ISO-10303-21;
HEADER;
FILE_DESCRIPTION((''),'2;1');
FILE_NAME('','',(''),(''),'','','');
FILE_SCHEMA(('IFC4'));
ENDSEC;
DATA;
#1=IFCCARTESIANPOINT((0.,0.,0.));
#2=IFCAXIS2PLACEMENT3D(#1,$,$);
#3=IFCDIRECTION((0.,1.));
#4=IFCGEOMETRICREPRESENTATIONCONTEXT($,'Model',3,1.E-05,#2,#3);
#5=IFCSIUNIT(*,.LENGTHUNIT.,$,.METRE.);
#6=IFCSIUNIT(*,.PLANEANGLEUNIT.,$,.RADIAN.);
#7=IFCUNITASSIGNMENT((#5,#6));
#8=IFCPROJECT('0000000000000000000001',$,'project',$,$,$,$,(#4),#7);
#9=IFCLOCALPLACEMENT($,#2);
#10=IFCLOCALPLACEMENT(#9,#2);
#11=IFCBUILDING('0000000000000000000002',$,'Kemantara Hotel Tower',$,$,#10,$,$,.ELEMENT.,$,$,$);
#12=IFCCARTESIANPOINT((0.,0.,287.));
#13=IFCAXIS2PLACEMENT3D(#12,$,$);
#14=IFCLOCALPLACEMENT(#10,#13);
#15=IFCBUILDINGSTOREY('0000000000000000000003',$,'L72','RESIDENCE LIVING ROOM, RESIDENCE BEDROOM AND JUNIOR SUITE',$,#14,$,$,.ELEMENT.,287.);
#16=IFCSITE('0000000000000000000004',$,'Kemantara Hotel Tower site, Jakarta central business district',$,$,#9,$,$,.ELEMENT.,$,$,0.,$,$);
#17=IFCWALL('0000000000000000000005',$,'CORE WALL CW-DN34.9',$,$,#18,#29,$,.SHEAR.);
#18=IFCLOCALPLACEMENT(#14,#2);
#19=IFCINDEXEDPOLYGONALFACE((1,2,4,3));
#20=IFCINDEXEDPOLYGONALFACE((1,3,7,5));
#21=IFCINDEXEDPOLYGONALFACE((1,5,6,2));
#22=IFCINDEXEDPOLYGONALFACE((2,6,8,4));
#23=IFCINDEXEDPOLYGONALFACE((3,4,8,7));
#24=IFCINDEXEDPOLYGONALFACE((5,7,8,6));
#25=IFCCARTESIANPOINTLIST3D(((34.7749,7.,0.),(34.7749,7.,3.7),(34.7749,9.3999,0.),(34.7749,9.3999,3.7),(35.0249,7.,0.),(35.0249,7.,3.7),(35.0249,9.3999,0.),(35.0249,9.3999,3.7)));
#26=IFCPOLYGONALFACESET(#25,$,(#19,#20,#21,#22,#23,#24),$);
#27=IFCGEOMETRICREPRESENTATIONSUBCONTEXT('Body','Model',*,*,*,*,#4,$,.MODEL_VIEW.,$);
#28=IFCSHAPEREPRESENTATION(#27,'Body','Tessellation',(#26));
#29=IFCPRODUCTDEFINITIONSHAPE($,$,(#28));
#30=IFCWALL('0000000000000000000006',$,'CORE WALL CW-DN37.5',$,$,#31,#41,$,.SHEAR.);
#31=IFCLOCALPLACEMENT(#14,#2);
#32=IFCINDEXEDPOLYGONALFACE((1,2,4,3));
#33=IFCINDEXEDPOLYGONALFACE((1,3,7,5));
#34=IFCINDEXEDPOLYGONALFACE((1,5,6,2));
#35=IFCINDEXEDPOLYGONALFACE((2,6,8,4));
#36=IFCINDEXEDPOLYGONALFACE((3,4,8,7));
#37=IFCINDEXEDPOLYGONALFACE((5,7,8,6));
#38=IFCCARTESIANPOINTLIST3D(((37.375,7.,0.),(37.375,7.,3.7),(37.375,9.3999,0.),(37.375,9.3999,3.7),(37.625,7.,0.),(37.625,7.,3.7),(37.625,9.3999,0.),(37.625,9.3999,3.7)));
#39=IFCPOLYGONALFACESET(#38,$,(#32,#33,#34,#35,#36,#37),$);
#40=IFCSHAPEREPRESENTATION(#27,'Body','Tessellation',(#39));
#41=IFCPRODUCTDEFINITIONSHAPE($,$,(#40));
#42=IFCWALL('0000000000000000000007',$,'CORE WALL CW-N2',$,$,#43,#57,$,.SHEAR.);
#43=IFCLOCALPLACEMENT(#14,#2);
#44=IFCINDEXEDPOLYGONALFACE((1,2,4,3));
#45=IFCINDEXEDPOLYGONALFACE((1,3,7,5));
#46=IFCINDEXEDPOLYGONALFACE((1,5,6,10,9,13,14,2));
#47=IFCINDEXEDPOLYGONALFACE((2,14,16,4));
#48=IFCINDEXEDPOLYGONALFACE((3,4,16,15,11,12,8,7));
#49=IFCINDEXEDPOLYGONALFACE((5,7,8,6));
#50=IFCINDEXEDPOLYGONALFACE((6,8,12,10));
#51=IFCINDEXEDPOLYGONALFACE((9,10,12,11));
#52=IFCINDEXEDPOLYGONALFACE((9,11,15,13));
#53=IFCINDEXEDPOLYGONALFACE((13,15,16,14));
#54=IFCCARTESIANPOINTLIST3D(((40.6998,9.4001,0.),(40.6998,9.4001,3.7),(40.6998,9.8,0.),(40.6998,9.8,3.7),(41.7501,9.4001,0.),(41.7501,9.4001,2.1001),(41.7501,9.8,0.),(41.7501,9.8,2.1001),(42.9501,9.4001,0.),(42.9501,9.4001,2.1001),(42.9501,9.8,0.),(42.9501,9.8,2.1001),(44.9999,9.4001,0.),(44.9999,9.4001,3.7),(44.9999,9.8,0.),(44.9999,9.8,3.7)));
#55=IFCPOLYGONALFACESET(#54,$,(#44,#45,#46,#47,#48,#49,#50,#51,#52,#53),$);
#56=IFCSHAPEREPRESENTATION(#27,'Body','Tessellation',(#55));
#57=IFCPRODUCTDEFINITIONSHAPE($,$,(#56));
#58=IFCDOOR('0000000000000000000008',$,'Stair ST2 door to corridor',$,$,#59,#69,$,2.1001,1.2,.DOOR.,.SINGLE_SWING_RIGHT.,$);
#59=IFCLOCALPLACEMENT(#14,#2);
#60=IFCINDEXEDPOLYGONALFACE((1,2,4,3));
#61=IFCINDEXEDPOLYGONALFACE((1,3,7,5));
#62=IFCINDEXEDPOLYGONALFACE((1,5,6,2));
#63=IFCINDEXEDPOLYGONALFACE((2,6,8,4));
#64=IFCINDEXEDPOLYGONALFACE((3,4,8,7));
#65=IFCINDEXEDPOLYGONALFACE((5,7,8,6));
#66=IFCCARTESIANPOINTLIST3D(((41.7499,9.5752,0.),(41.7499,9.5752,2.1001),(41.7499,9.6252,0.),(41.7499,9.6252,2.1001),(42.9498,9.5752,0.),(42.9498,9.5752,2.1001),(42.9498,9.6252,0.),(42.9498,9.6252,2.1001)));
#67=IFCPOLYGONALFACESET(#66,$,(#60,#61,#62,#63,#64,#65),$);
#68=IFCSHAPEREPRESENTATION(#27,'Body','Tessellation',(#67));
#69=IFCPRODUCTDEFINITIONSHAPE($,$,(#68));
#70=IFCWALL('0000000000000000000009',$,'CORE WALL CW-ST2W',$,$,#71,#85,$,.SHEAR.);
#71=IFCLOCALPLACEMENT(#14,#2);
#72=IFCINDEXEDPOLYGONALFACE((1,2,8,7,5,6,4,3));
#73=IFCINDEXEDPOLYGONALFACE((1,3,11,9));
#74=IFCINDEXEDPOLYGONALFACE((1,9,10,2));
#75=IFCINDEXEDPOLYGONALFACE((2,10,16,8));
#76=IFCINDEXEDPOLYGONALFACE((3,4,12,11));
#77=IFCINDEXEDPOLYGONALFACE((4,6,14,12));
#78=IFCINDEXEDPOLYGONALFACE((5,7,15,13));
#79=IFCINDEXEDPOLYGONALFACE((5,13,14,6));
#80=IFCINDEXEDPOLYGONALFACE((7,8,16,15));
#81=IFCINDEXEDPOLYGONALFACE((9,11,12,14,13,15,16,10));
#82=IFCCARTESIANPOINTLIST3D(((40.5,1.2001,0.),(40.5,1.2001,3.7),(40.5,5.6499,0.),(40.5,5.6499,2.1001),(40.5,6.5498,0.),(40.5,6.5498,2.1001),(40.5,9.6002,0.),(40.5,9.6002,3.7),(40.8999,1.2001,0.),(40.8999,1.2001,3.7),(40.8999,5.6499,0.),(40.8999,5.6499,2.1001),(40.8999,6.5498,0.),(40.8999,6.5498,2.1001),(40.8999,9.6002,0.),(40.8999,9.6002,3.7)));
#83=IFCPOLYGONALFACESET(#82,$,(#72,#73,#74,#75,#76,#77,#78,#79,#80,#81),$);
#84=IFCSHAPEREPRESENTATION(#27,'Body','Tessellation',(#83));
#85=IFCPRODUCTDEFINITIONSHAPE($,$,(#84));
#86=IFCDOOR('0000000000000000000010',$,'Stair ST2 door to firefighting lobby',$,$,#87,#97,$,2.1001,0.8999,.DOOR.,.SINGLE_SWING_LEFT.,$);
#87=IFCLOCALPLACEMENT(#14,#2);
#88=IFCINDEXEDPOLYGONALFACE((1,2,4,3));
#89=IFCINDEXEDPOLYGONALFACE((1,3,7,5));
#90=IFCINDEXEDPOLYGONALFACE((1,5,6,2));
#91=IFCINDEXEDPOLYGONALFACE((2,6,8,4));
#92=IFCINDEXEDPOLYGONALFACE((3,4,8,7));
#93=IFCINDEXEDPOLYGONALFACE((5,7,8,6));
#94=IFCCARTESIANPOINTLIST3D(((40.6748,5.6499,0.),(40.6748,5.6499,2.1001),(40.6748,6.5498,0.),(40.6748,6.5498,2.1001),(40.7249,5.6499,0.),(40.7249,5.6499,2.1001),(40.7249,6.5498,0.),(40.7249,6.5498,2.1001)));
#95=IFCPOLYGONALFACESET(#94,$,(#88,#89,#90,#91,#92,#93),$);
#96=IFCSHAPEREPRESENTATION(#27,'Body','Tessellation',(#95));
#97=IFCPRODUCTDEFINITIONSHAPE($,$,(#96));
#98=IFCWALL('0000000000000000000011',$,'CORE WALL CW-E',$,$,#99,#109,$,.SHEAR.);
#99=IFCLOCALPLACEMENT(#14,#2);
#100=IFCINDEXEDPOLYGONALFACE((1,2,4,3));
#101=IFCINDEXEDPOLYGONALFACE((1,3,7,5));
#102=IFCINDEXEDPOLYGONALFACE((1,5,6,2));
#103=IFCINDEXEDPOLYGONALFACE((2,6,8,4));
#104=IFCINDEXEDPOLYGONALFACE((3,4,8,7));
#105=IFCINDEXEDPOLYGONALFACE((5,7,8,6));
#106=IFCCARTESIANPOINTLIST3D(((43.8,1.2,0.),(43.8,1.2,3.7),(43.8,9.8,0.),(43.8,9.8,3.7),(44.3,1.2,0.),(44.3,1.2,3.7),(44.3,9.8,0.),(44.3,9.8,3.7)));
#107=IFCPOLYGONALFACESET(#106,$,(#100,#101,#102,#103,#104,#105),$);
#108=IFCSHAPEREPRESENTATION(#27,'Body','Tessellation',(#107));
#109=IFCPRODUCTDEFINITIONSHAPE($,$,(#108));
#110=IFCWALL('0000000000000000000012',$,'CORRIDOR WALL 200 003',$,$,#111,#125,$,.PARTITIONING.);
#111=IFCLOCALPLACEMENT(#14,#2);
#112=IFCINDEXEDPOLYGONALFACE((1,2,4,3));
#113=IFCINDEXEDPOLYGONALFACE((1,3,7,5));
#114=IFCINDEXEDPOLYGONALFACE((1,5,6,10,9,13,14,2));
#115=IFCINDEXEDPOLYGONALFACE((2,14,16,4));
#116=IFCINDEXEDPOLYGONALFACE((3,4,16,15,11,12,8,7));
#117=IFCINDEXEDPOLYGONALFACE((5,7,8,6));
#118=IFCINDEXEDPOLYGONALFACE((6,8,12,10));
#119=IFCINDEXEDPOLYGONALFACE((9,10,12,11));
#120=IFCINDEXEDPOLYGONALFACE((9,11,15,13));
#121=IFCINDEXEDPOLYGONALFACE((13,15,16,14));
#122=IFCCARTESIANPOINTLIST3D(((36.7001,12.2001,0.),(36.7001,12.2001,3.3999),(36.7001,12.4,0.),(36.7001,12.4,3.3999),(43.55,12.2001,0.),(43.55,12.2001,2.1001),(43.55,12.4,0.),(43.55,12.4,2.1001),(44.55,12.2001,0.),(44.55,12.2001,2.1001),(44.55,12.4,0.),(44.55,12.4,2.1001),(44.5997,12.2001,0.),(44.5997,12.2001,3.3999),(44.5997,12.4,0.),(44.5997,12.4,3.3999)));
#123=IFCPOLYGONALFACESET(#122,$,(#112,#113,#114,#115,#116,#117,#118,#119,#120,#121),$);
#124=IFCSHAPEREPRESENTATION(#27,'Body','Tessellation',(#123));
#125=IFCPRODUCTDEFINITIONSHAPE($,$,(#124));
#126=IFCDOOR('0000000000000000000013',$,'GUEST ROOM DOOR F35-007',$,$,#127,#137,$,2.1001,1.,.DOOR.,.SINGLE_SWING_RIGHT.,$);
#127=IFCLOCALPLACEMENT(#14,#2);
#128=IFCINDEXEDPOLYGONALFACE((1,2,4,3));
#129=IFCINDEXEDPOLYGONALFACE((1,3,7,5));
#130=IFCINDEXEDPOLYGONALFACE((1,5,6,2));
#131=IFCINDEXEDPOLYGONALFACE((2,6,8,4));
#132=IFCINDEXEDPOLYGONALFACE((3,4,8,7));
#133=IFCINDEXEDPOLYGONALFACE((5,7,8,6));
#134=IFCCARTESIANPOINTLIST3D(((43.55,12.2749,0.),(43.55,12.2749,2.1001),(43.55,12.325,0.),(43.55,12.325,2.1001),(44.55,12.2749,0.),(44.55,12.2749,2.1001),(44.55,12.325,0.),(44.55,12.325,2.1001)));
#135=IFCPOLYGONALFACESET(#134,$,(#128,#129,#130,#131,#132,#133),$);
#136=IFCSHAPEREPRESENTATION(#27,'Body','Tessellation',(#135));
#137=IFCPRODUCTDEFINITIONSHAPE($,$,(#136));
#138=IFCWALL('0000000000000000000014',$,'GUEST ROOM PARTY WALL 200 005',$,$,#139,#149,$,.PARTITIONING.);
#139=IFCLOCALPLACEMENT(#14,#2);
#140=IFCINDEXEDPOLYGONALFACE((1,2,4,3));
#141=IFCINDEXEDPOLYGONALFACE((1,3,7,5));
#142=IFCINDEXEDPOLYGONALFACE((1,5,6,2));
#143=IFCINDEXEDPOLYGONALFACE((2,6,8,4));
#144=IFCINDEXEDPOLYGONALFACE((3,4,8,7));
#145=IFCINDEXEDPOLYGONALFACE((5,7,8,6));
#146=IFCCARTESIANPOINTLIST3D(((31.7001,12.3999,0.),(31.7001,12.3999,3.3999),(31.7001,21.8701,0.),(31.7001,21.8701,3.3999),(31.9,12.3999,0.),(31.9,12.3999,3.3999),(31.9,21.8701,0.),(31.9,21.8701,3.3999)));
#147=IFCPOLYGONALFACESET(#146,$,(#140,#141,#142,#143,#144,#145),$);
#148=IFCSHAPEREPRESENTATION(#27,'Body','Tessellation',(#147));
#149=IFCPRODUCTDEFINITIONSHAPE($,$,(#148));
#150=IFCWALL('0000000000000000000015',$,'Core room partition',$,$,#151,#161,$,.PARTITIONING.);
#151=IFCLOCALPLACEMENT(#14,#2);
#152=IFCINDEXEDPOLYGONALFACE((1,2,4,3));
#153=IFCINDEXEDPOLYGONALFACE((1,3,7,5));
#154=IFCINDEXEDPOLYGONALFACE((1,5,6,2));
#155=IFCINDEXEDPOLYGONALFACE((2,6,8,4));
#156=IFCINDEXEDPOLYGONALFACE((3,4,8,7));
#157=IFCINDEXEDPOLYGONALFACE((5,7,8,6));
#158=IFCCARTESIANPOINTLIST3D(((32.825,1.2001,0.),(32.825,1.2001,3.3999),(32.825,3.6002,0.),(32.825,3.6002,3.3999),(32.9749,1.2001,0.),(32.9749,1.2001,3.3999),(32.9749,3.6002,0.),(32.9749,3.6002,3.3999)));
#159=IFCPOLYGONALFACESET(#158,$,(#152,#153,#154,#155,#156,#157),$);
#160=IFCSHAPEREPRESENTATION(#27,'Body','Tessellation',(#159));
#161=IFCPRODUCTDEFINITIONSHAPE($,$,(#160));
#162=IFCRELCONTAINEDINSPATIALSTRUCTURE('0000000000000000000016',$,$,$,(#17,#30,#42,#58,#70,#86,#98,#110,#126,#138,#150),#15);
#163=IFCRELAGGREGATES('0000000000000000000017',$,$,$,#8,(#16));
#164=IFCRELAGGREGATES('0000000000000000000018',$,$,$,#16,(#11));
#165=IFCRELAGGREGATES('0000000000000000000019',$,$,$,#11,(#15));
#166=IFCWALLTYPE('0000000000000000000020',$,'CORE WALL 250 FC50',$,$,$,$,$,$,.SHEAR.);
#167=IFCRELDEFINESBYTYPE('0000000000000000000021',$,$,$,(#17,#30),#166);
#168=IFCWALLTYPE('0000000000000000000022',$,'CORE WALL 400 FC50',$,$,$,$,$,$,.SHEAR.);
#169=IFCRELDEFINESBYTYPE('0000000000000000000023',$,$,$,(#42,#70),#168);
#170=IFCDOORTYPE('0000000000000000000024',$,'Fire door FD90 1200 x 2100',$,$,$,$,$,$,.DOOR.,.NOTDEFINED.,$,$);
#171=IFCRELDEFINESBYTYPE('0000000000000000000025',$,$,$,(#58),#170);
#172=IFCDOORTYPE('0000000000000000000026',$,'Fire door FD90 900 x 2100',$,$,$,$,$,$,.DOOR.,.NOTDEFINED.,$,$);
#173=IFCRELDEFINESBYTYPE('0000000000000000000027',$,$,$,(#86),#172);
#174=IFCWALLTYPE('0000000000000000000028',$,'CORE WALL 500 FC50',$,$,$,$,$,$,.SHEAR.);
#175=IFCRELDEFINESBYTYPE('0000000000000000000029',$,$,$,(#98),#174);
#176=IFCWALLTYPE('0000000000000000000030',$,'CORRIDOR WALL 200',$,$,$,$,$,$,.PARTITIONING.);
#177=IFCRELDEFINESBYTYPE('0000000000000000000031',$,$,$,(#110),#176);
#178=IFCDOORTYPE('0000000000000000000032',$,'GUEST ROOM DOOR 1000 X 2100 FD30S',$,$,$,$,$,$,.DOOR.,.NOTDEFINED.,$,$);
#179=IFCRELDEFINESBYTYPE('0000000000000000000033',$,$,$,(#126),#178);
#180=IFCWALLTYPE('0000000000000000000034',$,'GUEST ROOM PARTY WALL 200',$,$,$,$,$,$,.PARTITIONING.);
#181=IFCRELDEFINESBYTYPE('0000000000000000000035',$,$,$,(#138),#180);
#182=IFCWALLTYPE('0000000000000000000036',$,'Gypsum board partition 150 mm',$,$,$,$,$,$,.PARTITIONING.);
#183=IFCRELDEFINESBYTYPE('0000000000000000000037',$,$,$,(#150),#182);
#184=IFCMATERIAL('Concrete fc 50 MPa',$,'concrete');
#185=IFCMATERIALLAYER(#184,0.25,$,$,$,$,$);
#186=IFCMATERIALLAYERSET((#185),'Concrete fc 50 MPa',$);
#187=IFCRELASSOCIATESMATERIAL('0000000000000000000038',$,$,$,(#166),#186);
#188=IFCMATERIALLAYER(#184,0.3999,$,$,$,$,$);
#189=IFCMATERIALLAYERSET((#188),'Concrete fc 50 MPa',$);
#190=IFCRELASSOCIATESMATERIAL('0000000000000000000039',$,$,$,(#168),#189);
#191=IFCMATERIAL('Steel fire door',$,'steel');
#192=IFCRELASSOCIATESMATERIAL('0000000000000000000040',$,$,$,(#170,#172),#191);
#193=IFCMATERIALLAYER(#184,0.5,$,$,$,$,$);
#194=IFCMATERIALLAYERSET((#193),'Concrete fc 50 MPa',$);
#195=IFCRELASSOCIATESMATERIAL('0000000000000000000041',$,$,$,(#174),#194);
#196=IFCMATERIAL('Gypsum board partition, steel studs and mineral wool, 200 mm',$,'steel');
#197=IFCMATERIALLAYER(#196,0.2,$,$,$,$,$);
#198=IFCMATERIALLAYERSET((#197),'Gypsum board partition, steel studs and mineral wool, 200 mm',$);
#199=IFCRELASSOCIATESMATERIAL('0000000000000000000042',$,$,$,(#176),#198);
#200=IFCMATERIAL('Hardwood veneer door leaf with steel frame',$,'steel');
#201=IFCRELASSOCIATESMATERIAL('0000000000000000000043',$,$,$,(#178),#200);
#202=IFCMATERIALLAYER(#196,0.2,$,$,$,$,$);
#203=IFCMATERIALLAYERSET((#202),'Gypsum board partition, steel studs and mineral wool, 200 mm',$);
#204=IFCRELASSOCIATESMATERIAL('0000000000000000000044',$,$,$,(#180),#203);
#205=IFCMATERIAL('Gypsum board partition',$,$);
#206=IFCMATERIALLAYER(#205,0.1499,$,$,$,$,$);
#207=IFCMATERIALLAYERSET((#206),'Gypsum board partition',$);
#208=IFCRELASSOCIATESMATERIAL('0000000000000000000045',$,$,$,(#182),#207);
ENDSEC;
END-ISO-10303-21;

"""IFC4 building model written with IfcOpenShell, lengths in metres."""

from ifc_helpers import new_model, si_unit, direction, frame, frame_2d, origin, place, context, subcontext, project, spatial, rectangle, extrude, material, layer, layer_set, type_object, element, fill, save


model = new_model("IFC4")

# Units and contexts
model_context = context("Model", 3, precision=1e-05, world=origin(), true_north=direction((0.0, 1.0)))
body_context = subcontext(model_context, "Body", "Model", "MODEL_VIEW")
ifc_project = project(units=[si_unit("LENGTHUNIT", "METRE"), si_unit("PLANEANGLEUNIT", "RADIAN")], contexts=[model_context])

# Site, building, storey
site_placement = place(None, origin())
site = spatial("IfcSite", under=ifc_project, at=site_placement, Name="Kemantara Hotel Tower site, Jakarta central business district", CompositionType="ELEMENT", RefElevation=0.0)
building_placement = place(site_placement, origin())
building = spatial("IfcBuilding", under=site, at=building_placement, Name="Kemantara Hotel Tower", CompositionType="ELEMENT")
storey_placement = place(building_placement, frame((0.0, 0.0, 287.0)))
storey = spatial("IfcBuildingStorey", under=building, at=storey_placement, Name="L72", Description="RESIDENCE LIVING ROOM, RESIDENCE BEDROOM AND JUNIOR SUITE", CompositionType="ELEMENT", Elevation=287.0)

# Shared definitions
ifc_material_1 = material(Name="Concrete fc 50 MPa", Category="concrete")

# Walls
ifc_layer_1 = layer(ifc_material_1, 0.25)
ifc_layer_set_1 = layer_set([ifc_layer_1], Name="Concrete fc 50 MPa")
wall_type_1 = type_object("IfcWallType", Name="CORE WALL 250 FC50", PredefinedType="SHEAR", material=ifc_layer_set_1)
for number, where, z_axis, x_axis, name in (
    (1, (34.8999, 7.0, 0.0), (0.0, 0.0, 1.0), (0.0, 1.0, 0.0), "CORE WALL CW-DN34.9"),
    (2, (37.5, 7.0, 0.0), (0.0, 0.0, 1.0), (0.0, 1.0, 0.0), "CORE WALL CW-DN37.5"),
):
    element("IfcWall", number, at=place(storey_placement, frame(where, z_axis=z_axis, x_axis=x_axis)), inside=storey, type_object=wall_type_1, Name=name, PredefinedType="SHEAR", context=body_context, shape_type="SweptSolid", body=[
        extrude(rectangle(XDim=2.3999, YDim=0.25, at=frame_2d((1.2, 0.0))), origin(), (0.0, 0.0, 1.0), 3.7),
    ])

# Walls, openings, doors
ifc_layer_2 = layer(ifc_material_1, 0.3999)
ifc_layer_set_2 = layer_set([ifc_layer_2], Name="Concrete fc 50 MPa")
wall_type_2 = type_object("IfcWallType", Name="CORE WALL 400 FC50", PredefinedType="SHEAR", material=ifc_layer_set_2)
wall_1_placement = place(storey_placement, frame((40.7, 9.6001, 0.0), z_axis=(0.0, 0.0, 1.0), x_axis=(1.0, 0.0, 0.0)))
wall_1 = element("IfcWall", 3, at=wall_1_placement, inside=storey, type_object=wall_type_2, Name="CORE WALL CW-N2", PredefinedType="SHEAR", context=body_context, shape_type="SweptSolid", body=[
    extrude(rectangle(XDim=4.3, YDim=0.3999, at=frame_2d((2.1499, 0.0))), origin(), (0.0, 0.0, 1.0), 3.7),
])
opening_1_placement = place(wall_1_placement, frame((1.05, 0.0, 0.0)))
opening_1 = element("IfcOpeningElement", 4, at=opening_1_placement, cuts=wall_1, PredefinedType="OPENING", context=body_context, shape_type="SweptSolid", body=[
    extrude(rectangle(XDim=1.2, YDim=2.1001, at=frame_2d((0.6001, 1.05))), frame((0.0, 0.21, 0.0), z_axis=(0.0, -1.0, 0.0), x_axis=(1.0, 0.0, 0.0)), (0.0, 0.0, 1.0), 0.4199),
])
ifc_material_2 = material(Name="Steel fire door", Category="steel")
door_type_1 = type_object("IfcDoorType", Name="Fire door FD90 1200 x 2100", OperationType="NOTDEFINED", PredefinedType="DOOR", material=ifc_material_2)
door_1_placement = place(opening_1_placement, frame((1.2, 0.0, 0.0), z_axis=(0.0, 0.0, 1.0), x_axis=(-1.0, 0.0, 0.0)))
door_1 = element("IfcDoor", 5, at=door_1_placement, inside=storey, type_object=door_type_1, Name="Stair ST2 door to corridor", OperationType="SINGLE_SWING_RIGHT", OverallHeight=2.1001, OverallWidth=1.2, PredefinedType="DOOR", context=body_context, shape_type="SweptSolid", body=[
    extrude(rectangle(XDim=1.2, YDim=2.1001, at=frame_2d((0.6001, 1.05))), frame((0.0, 0.0249, 0.0), z_axis=(0.0, -1.0, 0.0), x_axis=(1.0, 0.0, 0.0)), (0.0, 0.0, 1.0), 0.05),
])
fill(opening_1, door_1)
wall_2_placement = place(storey_placement, frame((40.7, 1.2, 0.0), z_axis=(0.0, 0.0, 1.0), x_axis=(0.0, 1.0, 0.0)))
wall_2 = element("IfcWall", 6, at=wall_2_placement, inside=storey, type_object=wall_type_2, Name="CORE WALL CW-ST2W", PredefinedType="SHEAR", context=body_context, shape_type="SweptSolid", body=[
    extrude(rectangle(XDim=8.4001, YDim=0.3999, at=frame_2d((4.2002, 0.0))), origin(), (0.0, 0.0, 1.0), 3.7),
])
opening_2_placement = place(wall_2_placement, frame((4.45, 0.0, 0.0)))
opening_2 = element("IfcOpeningElement", 7, at=opening_2_placement, cuts=wall_2, PredefinedType="OPENING", context=body_context, shape_type="SweptSolid", body=[
    extrude(rectangle(XDim=0.8999, YDim=2.1001, at=frame_2d((0.45, 1.05))), frame((0.0, 0.21, 0.0), z_axis=(0.0, -1.0, 0.0), x_axis=(1.0, 0.0, 0.0)), (0.0, 0.0, 1.0), 0.4199),
])
door_type_2 = type_object("IfcDoorType", Name="Fire door FD90 900 x 2100", OperationType="NOTDEFINED", PredefinedType="DOOR", material=ifc_material_2)
door_2_placement = place(opening_2_placement, frame((0.8999, 0.0, 0.0), z_axis=(0.0, 0.0, 1.0), x_axis=(-1.0, 0.0, 0.0)))
door_2 = element("IfcDoor", 8, at=door_2_placement, inside=storey, type_object=door_type_2, Name="Stair ST2 door to firefighting lobby", OperationType="SINGLE_SWING_LEFT", OverallHeight=2.1001, OverallWidth=0.8999, PredefinedType="DOOR", context=body_context, shape_type="SweptSolid", body=[
    extrude(rectangle(XDim=0.8999, YDim=2.1001, at=frame_2d((0.45, 1.05))), frame((0.0, 0.0249, 0.0), z_axis=(0.0, -1.0, 0.0), x_axis=(1.0, 0.0, 0.0)), (0.0, 0.0, 1.0), 0.05),
])
fill(opening_2, door_2)

# Wall
ifc_layer_3 = layer(ifc_material_1, 0.5)
ifc_layer_set_3 = layer_set([ifc_layer_3], Name="Concrete fc 50 MPa")
wall_type_3 = type_object("IfcWallType", Name="CORE WALL 500 FC50", PredefinedType="SHEAR", material=ifc_layer_set_3)
wall_3_placement = place(storey_placement, frame((44.05, 1.2, 0.0), z_axis=(0.0, 0.0, 1.0), x_axis=(0.0, 1.0, 0.0)))
element("IfcWall", 9, at=wall_3_placement, inside=storey, type_object=wall_type_3, Name="CORE WALL CW-E", PredefinedType="SHEAR", context=body_context, shape_type="SweptSolid", body=[
    extrude(rectangle(XDim=8.6001, YDim=0.5, at=frame_2d((4.3, 0.0))), origin(), (0.0, 0.0, 1.0), 3.7),
])

# Wall, opening, door
ifc_material_3 = material(Name="Gypsum board partition, steel studs and mineral wool, 200 mm", Category="steel")
ifc_layer_4 = layer(ifc_material_3, 0.2)
ifc_layer_set_4 = layer_set([ifc_layer_4], Name="Gypsum board partition, steel studs and mineral wool, 200 mm")
wall_type_4 = type_object("IfcWallType", Name="CORRIDOR WALL 200", PredefinedType="PARTITIONING", material=ifc_layer_set_4)
wall_4_placement = place(storey_placement, frame((36.7002, 12.3, 0.0), z_axis=(0.0, 0.0, 1.0), x_axis=(1.0, 0.0, 0.0)))
wall_4 = element("IfcWall", 10, at=wall_4_placement, inside=storey, type_object=wall_type_4, Name="CORRIDOR WALL 200 003", PredefinedType="PARTITIONING", context=body_context, shape_type="SweptSolid", body=[
    extrude(rectangle(XDim=7.8997, YDim=0.2, at=frame_2d((3.9497, 0.0))), origin(), (0.0, 0.0, 1.0), 3.3999),
])
opening_3_placement = place(wall_4_placement, frame((6.8499, 0.0, 0.0)))
opening_3 = element("IfcOpeningElement", 11, at=opening_3_placement, cuts=wall_4, PredefinedType="OPENING", context=body_context, shape_type="SweptSolid", body=[
    extrude(rectangle(XDim=1.0, YDim=2.1001, at=frame_2d((0.5, 1.05))), frame((0.0, 0.1099, 0.0), z_axis=(0.0, -1.0, 0.0), x_axis=(1.0, 0.0, 0.0)), (0.0, 0.0, 1.0), 0.22),
])
ifc_material_4 = material(Name="Hardwood veneer door leaf with steel frame", Category="steel")
door_type_3 = type_object("IfcDoorType", Name="GUEST ROOM DOOR 1000 X 2100 FD30S", OperationType="NOTDEFINED", PredefinedType="DOOR", material=ifc_material_4)
door_3_placement = place(opening_3_placement, origin())
door_3 = element("IfcDoor", 12, at=door_3_placement, inside=storey, type_object=door_type_3, Name="GUEST ROOM DOOR F35-007", OperationType="SINGLE_SWING_RIGHT", OverallHeight=2.1001, OverallWidth=1.0, PredefinedType="DOOR", context=body_context, shape_type="SweptSolid", body=[
    extrude(rectangle(XDim=1.0, YDim=2.1001, at=frame_2d((0.5, 1.05))), frame((0.0, 0.0249, 0.0), z_axis=(0.0, -1.0, 0.0), x_axis=(1.0, 0.0, 0.0)), (0.0, 0.0, 1.0), 0.05),
])
fill(opening_3, door_3)

# Walls
ifc_layer_5 = layer(ifc_material_3, 0.2)
ifc_layer_set_5 = layer_set([ifc_layer_5], Name="Gypsum board partition, steel studs and mineral wool, 200 mm")
wall_type_5 = type_object("IfcWallType", Name="GUEST ROOM PARTY WALL 200", PredefinedType="PARTITIONING", material=ifc_layer_set_5)
wall_5_placement = place(storey_placement, frame((31.8, 12.3999, 0.0), z_axis=(0.0, 0.0, 1.0), x_axis=(0.0, 1.0, 0.0)))
element("IfcWall", 13, at=wall_5_placement, inside=storey, type_object=wall_type_5, Name="GUEST ROOM PARTY WALL 200 005", PredefinedType="PARTITIONING", context=body_context, shape_type="SweptSolid", body=[
    extrude(rectangle(XDim=9.4702, YDim=0.2, at=frame_2d((4.7351, 0.0))), origin(), (0.0, 0.0, 1.0), 3.3999),
])
ifc_material_5 = material(Name="Gypsum board partition")
ifc_layer_6 = layer(ifc_material_5, 0.1499)
ifc_layer_set_6 = layer_set([ifc_layer_6], Name="Gypsum board partition")
wall_type_6 = type_object("IfcWallType", Name="Gypsum board partition 150 mm", PredefinedType="PARTITIONING", material=ifc_layer_set_6)
wall_6_placement = place(storey_placement, frame((32.8999, 1.2, 0.0), z_axis=(0.0, 0.0, 1.0), x_axis=(0.0, 1.0, 0.0)))
element("IfcWall", 14, at=wall_6_placement, inside=storey, type_object=wall_type_6, Name="Core room partition", PredefinedType="PARTITIONING", context=body_context, shape_type="SweptSolid", body=[
    extrude(rectangle(XDim=2.4001, YDim=0.1499, at=frame_2d((1.2002, 0.0))), origin(), (0.0, 0.0, 1.0), 3.3999),
])

save(model, "model.ifc")
